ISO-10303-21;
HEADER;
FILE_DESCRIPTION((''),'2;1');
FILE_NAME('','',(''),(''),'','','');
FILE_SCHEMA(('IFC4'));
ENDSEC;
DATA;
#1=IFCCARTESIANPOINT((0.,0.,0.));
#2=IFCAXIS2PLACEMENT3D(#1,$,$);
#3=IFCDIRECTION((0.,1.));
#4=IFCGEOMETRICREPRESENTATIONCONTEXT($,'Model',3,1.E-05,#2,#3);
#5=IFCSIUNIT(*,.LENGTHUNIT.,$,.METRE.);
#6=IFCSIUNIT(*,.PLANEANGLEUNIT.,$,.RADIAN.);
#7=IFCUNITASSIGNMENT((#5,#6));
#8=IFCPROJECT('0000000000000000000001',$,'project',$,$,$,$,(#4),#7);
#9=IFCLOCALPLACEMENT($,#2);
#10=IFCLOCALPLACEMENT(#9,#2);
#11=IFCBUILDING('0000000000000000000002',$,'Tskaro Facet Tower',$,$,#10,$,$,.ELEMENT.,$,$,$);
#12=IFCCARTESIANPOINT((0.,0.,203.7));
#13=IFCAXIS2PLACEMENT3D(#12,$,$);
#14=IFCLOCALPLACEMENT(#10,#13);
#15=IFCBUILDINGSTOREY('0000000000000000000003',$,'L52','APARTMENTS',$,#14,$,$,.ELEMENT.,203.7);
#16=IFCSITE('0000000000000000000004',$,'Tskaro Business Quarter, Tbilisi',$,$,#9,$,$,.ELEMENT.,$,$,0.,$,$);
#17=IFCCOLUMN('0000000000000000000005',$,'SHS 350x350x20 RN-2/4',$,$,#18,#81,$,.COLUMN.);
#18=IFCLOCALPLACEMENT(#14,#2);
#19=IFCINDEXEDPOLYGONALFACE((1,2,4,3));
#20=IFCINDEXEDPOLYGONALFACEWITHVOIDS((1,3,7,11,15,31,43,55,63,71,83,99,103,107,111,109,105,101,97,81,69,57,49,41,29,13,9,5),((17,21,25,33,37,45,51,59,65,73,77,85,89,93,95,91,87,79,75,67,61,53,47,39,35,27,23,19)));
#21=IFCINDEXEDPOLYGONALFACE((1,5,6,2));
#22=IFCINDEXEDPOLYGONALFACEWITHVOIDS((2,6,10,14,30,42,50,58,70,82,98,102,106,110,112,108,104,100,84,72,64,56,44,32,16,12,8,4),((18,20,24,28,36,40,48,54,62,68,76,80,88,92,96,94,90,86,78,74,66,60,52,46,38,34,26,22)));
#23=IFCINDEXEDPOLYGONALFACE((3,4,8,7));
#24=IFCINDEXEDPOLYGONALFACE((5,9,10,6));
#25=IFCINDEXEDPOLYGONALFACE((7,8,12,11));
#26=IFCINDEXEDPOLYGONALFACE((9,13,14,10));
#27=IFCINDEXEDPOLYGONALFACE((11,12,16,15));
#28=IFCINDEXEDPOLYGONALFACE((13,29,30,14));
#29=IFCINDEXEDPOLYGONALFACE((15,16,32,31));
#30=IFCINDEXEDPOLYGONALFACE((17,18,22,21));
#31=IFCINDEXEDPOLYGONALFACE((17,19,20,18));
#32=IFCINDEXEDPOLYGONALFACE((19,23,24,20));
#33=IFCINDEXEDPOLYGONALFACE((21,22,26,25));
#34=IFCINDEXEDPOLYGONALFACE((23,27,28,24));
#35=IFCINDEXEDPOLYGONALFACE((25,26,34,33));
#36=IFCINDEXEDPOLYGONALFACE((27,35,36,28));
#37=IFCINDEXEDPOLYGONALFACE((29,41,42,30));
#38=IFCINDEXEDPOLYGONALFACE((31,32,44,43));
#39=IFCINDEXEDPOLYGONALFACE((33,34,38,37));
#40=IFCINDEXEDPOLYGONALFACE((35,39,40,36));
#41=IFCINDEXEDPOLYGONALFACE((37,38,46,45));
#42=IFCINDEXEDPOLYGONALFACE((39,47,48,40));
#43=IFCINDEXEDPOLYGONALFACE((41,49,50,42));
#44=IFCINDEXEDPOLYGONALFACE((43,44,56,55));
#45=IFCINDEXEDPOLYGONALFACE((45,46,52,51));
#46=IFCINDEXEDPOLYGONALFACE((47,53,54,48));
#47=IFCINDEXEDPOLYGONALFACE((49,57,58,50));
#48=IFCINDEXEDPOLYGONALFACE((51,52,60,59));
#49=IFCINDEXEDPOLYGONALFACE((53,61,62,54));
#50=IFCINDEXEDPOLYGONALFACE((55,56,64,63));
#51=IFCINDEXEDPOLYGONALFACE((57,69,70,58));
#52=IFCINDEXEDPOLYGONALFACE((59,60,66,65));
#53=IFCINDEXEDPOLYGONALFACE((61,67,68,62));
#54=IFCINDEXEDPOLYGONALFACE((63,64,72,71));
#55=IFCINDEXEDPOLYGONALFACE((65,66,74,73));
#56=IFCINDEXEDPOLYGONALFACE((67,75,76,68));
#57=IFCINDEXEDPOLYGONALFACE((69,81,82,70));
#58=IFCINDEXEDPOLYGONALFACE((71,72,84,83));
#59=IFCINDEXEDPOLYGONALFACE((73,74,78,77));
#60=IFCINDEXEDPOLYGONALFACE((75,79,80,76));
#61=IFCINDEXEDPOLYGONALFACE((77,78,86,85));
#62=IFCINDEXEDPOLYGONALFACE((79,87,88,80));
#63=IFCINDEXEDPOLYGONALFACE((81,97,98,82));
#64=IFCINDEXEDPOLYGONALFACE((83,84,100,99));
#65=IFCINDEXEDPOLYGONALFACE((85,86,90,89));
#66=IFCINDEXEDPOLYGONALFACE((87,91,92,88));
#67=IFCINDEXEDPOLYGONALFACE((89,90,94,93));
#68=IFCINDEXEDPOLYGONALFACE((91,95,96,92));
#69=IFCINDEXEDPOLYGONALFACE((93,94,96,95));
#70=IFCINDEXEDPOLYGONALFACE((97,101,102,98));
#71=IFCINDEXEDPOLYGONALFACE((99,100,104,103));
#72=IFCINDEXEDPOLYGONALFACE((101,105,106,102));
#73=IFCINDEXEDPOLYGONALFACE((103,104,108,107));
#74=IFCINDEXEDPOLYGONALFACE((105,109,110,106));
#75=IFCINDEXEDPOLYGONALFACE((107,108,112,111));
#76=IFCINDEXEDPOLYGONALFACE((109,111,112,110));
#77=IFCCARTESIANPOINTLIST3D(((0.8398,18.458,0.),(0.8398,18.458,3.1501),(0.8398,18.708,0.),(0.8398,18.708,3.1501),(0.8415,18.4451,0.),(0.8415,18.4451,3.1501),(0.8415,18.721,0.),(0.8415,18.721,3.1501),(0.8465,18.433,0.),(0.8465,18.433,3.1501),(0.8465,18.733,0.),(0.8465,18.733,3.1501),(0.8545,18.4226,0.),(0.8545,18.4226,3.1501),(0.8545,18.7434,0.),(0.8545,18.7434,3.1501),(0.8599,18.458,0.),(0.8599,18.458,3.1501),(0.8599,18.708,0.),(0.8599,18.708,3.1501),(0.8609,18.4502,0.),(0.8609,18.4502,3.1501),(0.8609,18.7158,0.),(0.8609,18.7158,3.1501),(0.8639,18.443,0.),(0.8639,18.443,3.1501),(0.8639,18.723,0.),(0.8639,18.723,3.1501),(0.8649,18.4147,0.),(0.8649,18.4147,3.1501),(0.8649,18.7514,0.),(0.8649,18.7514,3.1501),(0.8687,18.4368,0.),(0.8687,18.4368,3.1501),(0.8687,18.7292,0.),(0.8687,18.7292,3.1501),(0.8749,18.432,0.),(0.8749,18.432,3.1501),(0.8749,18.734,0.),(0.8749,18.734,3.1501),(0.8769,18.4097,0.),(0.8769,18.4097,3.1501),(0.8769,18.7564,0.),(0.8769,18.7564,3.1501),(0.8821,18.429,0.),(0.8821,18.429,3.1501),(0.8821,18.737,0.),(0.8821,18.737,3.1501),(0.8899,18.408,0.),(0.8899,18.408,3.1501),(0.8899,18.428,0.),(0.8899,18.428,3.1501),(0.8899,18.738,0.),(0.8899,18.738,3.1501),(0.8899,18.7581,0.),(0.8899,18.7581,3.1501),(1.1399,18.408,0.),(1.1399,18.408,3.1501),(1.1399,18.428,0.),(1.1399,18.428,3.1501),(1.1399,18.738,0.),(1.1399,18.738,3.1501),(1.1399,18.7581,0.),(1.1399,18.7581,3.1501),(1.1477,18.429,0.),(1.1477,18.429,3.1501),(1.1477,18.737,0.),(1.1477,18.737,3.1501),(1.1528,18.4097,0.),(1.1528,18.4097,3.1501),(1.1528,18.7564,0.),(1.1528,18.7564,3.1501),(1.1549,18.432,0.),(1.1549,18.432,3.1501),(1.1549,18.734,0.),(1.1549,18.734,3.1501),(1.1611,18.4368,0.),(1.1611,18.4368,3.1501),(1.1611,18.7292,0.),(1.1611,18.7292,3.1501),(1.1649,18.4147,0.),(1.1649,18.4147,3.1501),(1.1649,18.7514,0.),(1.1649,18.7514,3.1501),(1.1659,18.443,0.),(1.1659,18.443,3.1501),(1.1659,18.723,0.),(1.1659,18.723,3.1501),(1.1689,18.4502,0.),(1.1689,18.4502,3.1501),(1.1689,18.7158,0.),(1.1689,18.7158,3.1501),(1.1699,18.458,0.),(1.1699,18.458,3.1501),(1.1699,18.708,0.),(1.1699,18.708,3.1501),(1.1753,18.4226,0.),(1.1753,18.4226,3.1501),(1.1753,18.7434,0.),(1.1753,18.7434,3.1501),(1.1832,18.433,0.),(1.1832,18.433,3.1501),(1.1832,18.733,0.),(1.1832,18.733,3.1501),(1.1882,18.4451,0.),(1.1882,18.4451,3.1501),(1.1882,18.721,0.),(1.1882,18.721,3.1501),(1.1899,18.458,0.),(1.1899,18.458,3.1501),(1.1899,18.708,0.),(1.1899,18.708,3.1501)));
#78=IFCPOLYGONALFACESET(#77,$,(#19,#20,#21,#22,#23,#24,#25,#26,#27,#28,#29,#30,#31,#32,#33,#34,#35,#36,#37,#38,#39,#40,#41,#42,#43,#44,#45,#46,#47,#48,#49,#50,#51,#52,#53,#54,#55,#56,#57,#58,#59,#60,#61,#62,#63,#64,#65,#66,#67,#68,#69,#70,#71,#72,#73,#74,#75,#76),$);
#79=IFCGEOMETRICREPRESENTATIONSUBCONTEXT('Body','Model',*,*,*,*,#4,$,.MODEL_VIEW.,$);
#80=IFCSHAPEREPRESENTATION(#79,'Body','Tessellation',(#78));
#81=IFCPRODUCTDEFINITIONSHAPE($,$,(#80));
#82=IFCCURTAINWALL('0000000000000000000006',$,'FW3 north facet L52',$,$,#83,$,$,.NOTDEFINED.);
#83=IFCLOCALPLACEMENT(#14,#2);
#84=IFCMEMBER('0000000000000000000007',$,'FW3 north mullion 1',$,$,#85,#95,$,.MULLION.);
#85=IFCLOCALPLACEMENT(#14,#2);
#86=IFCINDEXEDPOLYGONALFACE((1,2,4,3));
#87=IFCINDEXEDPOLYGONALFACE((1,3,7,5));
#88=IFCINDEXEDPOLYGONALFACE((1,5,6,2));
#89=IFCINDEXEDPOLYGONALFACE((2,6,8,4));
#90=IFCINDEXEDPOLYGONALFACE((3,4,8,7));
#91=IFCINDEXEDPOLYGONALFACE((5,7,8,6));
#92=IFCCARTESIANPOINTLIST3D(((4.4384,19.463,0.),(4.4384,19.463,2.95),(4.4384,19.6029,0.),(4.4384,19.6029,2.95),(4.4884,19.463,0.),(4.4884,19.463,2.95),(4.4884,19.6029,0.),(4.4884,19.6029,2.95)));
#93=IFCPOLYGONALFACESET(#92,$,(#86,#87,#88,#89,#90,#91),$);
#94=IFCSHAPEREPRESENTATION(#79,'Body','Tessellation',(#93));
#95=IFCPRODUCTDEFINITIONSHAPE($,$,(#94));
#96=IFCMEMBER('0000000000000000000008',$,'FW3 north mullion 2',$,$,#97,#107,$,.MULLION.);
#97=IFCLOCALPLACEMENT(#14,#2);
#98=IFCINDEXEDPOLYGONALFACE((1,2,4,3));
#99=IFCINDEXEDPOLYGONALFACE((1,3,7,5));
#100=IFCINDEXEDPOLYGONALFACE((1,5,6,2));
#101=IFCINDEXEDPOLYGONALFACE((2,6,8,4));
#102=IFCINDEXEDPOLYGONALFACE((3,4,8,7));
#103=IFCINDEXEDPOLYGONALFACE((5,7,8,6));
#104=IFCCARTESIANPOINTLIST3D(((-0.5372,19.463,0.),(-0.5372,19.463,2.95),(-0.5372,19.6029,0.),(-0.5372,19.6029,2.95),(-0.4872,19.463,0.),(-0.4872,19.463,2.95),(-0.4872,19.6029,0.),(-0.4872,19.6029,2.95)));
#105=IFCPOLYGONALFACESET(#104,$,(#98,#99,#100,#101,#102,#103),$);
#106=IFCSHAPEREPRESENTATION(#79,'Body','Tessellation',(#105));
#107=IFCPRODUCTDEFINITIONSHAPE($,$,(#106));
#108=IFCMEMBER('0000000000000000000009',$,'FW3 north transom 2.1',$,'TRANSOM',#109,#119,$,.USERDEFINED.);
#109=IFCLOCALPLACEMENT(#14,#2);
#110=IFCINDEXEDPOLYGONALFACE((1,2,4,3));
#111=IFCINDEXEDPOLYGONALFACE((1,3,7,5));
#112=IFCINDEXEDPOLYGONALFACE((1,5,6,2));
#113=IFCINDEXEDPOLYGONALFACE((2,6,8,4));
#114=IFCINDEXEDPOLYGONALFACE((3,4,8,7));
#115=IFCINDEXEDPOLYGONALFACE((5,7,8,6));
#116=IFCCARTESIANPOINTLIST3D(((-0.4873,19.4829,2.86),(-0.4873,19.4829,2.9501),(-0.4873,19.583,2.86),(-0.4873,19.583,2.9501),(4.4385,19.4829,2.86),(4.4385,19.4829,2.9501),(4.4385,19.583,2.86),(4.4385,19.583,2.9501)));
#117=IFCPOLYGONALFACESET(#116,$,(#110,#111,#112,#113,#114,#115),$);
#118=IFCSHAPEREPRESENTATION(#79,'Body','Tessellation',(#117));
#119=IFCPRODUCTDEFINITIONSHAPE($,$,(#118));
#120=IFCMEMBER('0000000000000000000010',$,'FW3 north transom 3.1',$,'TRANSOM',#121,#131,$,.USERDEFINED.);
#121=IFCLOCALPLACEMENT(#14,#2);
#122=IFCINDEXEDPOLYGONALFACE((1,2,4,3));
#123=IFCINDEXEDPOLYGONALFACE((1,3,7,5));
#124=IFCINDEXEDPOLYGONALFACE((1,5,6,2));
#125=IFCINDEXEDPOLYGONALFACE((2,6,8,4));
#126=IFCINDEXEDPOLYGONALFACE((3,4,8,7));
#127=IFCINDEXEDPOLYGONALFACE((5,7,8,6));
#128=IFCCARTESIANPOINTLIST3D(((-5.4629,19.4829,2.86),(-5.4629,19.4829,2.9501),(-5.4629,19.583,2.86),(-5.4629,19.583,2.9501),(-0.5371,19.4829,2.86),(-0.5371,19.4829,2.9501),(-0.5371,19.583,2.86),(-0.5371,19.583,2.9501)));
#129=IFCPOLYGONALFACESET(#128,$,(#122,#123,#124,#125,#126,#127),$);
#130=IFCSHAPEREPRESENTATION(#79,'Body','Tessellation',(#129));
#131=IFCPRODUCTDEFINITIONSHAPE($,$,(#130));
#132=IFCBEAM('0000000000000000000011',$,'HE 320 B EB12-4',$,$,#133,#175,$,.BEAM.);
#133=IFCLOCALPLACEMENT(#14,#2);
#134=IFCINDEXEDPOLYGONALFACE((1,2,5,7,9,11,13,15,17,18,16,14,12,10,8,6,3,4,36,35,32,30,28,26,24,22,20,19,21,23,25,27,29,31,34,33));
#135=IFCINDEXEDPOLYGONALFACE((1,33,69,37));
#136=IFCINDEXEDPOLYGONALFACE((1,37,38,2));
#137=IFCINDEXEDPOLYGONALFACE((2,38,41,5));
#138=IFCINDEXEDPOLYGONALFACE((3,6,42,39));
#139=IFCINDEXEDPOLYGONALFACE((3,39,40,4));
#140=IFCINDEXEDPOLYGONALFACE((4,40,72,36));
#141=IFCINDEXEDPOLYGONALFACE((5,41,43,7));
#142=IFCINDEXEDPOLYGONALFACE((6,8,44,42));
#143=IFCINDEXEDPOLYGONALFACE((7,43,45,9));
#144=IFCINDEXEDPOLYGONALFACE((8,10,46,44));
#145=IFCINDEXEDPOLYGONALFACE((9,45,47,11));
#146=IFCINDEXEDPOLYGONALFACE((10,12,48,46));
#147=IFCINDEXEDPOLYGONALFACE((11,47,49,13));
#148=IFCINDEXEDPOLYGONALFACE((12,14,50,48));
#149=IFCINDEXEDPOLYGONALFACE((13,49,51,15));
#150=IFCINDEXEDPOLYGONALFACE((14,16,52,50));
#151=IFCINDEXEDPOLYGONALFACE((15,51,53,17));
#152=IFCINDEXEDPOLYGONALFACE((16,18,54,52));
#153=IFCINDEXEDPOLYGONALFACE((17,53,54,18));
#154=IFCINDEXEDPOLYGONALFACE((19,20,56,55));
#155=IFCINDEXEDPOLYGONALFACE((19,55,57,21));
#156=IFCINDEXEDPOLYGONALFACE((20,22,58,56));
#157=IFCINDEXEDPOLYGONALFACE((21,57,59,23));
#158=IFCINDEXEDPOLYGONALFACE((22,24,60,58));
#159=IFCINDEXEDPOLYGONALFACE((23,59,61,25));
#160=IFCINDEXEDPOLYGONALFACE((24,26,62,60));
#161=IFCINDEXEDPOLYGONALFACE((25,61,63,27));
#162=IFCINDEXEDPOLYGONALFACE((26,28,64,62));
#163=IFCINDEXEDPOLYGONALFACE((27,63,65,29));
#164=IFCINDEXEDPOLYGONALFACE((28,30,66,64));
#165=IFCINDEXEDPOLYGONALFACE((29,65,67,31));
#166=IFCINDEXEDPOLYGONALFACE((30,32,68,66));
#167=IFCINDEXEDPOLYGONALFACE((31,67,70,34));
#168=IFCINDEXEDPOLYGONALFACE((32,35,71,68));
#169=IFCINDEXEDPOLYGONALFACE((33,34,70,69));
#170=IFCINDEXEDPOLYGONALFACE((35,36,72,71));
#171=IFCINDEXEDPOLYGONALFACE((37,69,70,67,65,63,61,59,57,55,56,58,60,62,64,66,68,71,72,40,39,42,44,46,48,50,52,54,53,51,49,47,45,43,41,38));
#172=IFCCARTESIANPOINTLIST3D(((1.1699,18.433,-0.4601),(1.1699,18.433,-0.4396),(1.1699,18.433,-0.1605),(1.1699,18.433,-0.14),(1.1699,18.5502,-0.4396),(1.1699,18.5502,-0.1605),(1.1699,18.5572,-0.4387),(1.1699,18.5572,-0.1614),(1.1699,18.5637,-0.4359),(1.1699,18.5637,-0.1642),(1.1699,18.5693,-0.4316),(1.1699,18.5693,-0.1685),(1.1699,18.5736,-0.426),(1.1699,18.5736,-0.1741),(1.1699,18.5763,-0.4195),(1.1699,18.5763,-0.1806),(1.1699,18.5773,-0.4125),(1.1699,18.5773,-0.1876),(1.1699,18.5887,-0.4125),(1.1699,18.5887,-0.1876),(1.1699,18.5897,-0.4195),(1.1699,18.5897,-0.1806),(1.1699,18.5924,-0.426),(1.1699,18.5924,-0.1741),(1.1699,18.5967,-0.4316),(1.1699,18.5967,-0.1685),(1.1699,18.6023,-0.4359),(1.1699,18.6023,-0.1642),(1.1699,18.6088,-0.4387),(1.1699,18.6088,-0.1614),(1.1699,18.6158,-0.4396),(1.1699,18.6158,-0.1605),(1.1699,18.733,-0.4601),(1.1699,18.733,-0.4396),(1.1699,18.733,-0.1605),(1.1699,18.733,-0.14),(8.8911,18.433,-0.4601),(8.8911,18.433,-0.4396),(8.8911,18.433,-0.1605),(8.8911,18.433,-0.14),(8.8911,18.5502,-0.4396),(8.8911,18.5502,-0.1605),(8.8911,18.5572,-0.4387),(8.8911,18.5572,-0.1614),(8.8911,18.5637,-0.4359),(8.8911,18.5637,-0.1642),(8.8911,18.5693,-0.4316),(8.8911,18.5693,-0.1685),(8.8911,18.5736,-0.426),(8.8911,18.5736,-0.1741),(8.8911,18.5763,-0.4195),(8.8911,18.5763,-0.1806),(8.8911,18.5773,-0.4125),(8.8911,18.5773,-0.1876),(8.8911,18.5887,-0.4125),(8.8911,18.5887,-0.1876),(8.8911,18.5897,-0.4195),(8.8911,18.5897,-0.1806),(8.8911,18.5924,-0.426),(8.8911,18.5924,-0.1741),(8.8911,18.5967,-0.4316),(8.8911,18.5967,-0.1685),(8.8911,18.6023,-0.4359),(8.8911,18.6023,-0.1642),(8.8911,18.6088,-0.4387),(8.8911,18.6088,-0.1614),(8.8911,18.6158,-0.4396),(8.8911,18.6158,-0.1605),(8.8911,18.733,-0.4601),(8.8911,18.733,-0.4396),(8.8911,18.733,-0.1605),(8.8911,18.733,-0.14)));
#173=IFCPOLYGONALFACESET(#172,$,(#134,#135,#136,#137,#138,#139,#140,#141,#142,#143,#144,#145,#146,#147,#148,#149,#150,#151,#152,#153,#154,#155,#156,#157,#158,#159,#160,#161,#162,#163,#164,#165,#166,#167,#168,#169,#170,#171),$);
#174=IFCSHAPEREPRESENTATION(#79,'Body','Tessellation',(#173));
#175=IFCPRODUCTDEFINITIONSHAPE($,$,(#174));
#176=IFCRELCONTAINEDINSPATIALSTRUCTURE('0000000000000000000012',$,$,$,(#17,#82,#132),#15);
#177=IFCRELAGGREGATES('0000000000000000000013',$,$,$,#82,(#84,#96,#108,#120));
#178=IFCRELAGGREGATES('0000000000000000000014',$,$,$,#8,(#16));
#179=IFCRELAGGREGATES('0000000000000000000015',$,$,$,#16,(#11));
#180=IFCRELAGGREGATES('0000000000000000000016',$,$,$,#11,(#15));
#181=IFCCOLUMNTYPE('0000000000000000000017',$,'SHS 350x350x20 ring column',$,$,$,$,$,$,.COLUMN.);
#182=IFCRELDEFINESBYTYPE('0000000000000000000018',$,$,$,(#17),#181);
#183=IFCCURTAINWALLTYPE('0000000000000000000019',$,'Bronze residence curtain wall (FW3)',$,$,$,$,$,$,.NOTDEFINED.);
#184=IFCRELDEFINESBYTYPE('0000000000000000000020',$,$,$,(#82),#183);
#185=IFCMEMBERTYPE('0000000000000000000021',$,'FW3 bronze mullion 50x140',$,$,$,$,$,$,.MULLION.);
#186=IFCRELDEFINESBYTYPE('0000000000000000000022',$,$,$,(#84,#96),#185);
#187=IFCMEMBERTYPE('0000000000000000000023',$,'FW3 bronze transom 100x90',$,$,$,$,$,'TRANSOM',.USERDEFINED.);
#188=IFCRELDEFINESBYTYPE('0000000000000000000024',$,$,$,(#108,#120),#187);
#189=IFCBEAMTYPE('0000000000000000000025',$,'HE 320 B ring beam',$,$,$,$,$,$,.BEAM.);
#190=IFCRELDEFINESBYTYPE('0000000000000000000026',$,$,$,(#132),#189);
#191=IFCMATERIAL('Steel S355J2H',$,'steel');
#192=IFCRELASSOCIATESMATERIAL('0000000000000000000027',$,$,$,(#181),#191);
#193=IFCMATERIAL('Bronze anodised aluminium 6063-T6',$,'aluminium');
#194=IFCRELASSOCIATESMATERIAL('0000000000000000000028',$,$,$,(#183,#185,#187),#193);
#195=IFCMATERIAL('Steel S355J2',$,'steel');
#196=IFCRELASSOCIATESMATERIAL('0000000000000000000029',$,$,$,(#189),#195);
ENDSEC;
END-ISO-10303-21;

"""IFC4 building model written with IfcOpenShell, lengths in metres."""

from ifc_helpers import new_model, si_unit, direction, frame, origin, origin_2d, place, context, subcontext, project, spatial, rectangle, hollow_rectangle, i_section, extrude, material, material_profile, profile_set, type_object, element, aggregate, save


model = new_model("IFC4")

# Units and contexts
model_context = context("Model", 3, precision=1e-05, world=origin(), true_north=direction((0.0, 1.0)))
body_context = subcontext(model_context, "Body", "Model", "MODEL_VIEW")
ifc_project = project(units=[si_unit("LENGTHUNIT", "METRE"), si_unit("PLANEANGLEUNIT", "RADIAN")], contexts=[model_context])

# Site, building, storey
site_placement = place(None, origin())
site = spatial("IfcSite", under=ifc_project, at=site_placement, Name="Tskaro Business Quarter, Tbilisi", CompositionType="ELEMENT", RefElevation=0.0)
building_placement = place(site_placement, origin())
building = spatial("IfcBuilding", under=site, at=building_placement, Name="Tskaro Facet Tower", CompositionType="ELEMENT")
storey_placement = place(building_placement, frame((0.0, 0.0, 203.7)))
storey = spatial("IfcBuildingStorey", under=building, at=storey_placement, Name="L52", Description="APARTMENTS", CompositionType="ELEMENT", Elevation=203.7)

# Column
ifc_material_1 = material(Name="Steel S355J2H", Category="steel")
ifc_material_profile_1 = material_profile(ifc_material_1, hollow_rectangle(XDim=0.3501, YDim=0.3501, WallThickness=0.02, InnerFilletRadius=0.03, OuterFilletRadius=0.05, at=origin_2d()), Name="SHS 350x350x20")
ifc_profile_set_1 = profile_set([ifc_material_profile_1], Name="Steel S355J2H")
column_type = type_object("IfcColumnType", Name="SHS 350x350x20 ring column", PredefinedType="COLUMN", material=ifc_profile_set_1)
column_placement = place(storey_placement, frame((1.0149, 18.583, 0.0), z_axis=(0.0, 0.0, 1.0), x_axis=(1.0, 0.0, 0.0)))
element("IfcColumn", 1, at=column_placement, inside=storey, type_object=column_type, Name="SHS 350x350x20 RN-2/4", PredefinedType="COLUMN", context=body_context, shape_type="SweptSolid", body=[
    extrude(hollow_rectangle(XDim=0.3501, YDim=0.3501, WallThickness=0.02, InnerFilletRadius=0.03, OuterFilletRadius=0.05, at=origin_2d()), origin(), (0.0, 0.0, 1.0), 3.1501),
])

# Curtain wall, members
ifc_material_2 = material(Name="Bronze anodised aluminium 6063-T6", Category="aluminium")
curtain_wall_type = type_object("IfcCurtainWallType", Name="Bronze residence curtain wall (FW3)", PredefinedType="NOTDEFINED", material=ifc_material_2)
curtain_wall_placement = place(storey_placement, origin())
curtain_wall = element("IfcCurtainWall", 2, at=curtain_wall_placement, inside=storey, type_object=curtain_wall_type, Name="FW3 north facet L52", PredefinedType="NOTDEFINED")
ifc_material_profile_2 = material_profile(ifc_material_2, rectangle(XDim=0.05, YDim=0.1399, at=origin_2d()), Name="Mullion 50x140")
ifc_profile_set_2 = profile_set([ifc_material_profile_2], Name="Bronze anodised aluminium 6063-T6")
member_type_1 = type_object("IfcMemberType", Name="FW3 bronze mullion 50x140", PredefinedType="MULLION", material=ifc_profile_set_2)
member_1_placement = place(storey_placement, frame((4.4634, 19.533, 0.0), z_axis=(0.0, 0.0, 1.0), x_axis=(-1.0, 0.0, 0.0)))
member_1 = element("IfcMember", 3, at=member_1_placement, type_object=member_type_1, Name="FW3 north mullion 1", PredefinedType="MULLION", context=body_context, shape_type="SweptSolid", body=[
    extrude(rectangle(XDim=0.05, YDim=0.1399, at=origin_2d()), origin(), (0.0, 0.0, 1.0), 2.95),
])
member_2_placement = place(storey_placement, frame((-0.5122, 19.533, 0.0), z_axis=(0.0, 0.0, 1.0), x_axis=(-1.0, 0.0, 0.0)))
member_2 = element("IfcMember", 4, at=member_2_placement, type_object=member_type_1, Name="FW3 north mullion 2", PredefinedType="MULLION", context=body_context, shape_type="SweptSolid", body=[
    extrude(rectangle(XDim=0.05, YDim=0.1399, at=origin_2d()), origin(), (0.0, 0.0, 1.0), 2.95),
])
ifc_material_profile_3 = material_profile(ifc_material_2, rectangle(XDim=0.1001, YDim=0.0901, at=origin_2d()), Name="Transom 100x90")
ifc_profile_set_3 = profile_set([ifc_material_profile_3], Name="Bronze anodised aluminium 6063-T6")
member_type_2 = type_object("IfcMemberType", Name="FW3 bronze transom 100x90", ElementType="TRANSOM", PredefinedType="USERDEFINED", material=ifc_profile_set_3)
member_3_placement = place(storey_placement, frame((4.4385, 19.533, 2.905), z_axis=(-1.0, 0.0, 0.0), x_axis=(0.0, -1.0, 0.0)))
member_3 = element("IfcMember", 5, at=member_3_placement, type_object=member_type_2, Name="FW3 north transom 2.1", ObjectType="TRANSOM", PredefinedType="USERDEFINED", context=body_context, shape_type="SweptSolid", body=[
    extrude(rectangle(XDim=0.1001, YDim=0.0901, at=origin_2d()), origin(), (0.0, 0.0, 1.0), 4.9258),
])
member_4_placement = place(storey_placement, frame((-0.5371, 19.533, 2.905), z_axis=(-1.0, 0.0, 0.0), x_axis=(0.0, -1.0, 0.0)))
member_4 = element("IfcMember", 6, at=member_4_placement, type_object=member_type_2, Name="FW3 north transom 3.1", ObjectType="TRANSOM", PredefinedType="USERDEFINED", context=body_context, shape_type="SweptSolid", body=[
    extrude(rectangle(XDim=0.1001, YDim=0.0901, at=origin_2d()), origin(), (0.0, 0.0, 1.0), 4.9258),
])

# Beam
ifc_material_3 = material(Name="Steel S355J2", Category="steel")
ifc_material_profile_4 = material_profile(ifc_material_3, i_section(OverallWidth=0.3, OverallDepth=0.3201, WebThickness=0.0115, FlangeThickness=0.0205, FilletRadius=0.0271, at=origin_2d()), Name="HE 320 B")
ifc_profile_set_4 = profile_set([ifc_material_profile_4], Name="Steel S355J2")
beam_type_1 = type_object("IfcBeamType", Name="HE 320 B ring beam", PredefinedType="BEAM", material=ifc_profile_set_4)
beam_1_placement = place(storey_placement, frame((8.8911, 18.583, -0.3), z_axis=(-1.0, 0.0, 0.0), x_axis=(0.0, -1.0, 0.0)))
element("IfcBeam", 7, at=beam_1_placement, inside=storey, type_object=beam_type_1, Name="HE 320 B EB12-4", PredefinedType="BEAM", context=body_context, shape_type="SweptSolid", body=[
    extrude(i_section(OverallWidth=0.3, OverallDepth=0.3201, WebThickness=0.0115, FlangeThickness=0.0205, FilletRadius=0.0271, at=origin_2d()), origin(), (0.0, 0.0, 1.0), 7.7212),
])

aggregate(curtain_wall, [member_1, member_2, member_3, member_4])

save(model, "model.ifc")
